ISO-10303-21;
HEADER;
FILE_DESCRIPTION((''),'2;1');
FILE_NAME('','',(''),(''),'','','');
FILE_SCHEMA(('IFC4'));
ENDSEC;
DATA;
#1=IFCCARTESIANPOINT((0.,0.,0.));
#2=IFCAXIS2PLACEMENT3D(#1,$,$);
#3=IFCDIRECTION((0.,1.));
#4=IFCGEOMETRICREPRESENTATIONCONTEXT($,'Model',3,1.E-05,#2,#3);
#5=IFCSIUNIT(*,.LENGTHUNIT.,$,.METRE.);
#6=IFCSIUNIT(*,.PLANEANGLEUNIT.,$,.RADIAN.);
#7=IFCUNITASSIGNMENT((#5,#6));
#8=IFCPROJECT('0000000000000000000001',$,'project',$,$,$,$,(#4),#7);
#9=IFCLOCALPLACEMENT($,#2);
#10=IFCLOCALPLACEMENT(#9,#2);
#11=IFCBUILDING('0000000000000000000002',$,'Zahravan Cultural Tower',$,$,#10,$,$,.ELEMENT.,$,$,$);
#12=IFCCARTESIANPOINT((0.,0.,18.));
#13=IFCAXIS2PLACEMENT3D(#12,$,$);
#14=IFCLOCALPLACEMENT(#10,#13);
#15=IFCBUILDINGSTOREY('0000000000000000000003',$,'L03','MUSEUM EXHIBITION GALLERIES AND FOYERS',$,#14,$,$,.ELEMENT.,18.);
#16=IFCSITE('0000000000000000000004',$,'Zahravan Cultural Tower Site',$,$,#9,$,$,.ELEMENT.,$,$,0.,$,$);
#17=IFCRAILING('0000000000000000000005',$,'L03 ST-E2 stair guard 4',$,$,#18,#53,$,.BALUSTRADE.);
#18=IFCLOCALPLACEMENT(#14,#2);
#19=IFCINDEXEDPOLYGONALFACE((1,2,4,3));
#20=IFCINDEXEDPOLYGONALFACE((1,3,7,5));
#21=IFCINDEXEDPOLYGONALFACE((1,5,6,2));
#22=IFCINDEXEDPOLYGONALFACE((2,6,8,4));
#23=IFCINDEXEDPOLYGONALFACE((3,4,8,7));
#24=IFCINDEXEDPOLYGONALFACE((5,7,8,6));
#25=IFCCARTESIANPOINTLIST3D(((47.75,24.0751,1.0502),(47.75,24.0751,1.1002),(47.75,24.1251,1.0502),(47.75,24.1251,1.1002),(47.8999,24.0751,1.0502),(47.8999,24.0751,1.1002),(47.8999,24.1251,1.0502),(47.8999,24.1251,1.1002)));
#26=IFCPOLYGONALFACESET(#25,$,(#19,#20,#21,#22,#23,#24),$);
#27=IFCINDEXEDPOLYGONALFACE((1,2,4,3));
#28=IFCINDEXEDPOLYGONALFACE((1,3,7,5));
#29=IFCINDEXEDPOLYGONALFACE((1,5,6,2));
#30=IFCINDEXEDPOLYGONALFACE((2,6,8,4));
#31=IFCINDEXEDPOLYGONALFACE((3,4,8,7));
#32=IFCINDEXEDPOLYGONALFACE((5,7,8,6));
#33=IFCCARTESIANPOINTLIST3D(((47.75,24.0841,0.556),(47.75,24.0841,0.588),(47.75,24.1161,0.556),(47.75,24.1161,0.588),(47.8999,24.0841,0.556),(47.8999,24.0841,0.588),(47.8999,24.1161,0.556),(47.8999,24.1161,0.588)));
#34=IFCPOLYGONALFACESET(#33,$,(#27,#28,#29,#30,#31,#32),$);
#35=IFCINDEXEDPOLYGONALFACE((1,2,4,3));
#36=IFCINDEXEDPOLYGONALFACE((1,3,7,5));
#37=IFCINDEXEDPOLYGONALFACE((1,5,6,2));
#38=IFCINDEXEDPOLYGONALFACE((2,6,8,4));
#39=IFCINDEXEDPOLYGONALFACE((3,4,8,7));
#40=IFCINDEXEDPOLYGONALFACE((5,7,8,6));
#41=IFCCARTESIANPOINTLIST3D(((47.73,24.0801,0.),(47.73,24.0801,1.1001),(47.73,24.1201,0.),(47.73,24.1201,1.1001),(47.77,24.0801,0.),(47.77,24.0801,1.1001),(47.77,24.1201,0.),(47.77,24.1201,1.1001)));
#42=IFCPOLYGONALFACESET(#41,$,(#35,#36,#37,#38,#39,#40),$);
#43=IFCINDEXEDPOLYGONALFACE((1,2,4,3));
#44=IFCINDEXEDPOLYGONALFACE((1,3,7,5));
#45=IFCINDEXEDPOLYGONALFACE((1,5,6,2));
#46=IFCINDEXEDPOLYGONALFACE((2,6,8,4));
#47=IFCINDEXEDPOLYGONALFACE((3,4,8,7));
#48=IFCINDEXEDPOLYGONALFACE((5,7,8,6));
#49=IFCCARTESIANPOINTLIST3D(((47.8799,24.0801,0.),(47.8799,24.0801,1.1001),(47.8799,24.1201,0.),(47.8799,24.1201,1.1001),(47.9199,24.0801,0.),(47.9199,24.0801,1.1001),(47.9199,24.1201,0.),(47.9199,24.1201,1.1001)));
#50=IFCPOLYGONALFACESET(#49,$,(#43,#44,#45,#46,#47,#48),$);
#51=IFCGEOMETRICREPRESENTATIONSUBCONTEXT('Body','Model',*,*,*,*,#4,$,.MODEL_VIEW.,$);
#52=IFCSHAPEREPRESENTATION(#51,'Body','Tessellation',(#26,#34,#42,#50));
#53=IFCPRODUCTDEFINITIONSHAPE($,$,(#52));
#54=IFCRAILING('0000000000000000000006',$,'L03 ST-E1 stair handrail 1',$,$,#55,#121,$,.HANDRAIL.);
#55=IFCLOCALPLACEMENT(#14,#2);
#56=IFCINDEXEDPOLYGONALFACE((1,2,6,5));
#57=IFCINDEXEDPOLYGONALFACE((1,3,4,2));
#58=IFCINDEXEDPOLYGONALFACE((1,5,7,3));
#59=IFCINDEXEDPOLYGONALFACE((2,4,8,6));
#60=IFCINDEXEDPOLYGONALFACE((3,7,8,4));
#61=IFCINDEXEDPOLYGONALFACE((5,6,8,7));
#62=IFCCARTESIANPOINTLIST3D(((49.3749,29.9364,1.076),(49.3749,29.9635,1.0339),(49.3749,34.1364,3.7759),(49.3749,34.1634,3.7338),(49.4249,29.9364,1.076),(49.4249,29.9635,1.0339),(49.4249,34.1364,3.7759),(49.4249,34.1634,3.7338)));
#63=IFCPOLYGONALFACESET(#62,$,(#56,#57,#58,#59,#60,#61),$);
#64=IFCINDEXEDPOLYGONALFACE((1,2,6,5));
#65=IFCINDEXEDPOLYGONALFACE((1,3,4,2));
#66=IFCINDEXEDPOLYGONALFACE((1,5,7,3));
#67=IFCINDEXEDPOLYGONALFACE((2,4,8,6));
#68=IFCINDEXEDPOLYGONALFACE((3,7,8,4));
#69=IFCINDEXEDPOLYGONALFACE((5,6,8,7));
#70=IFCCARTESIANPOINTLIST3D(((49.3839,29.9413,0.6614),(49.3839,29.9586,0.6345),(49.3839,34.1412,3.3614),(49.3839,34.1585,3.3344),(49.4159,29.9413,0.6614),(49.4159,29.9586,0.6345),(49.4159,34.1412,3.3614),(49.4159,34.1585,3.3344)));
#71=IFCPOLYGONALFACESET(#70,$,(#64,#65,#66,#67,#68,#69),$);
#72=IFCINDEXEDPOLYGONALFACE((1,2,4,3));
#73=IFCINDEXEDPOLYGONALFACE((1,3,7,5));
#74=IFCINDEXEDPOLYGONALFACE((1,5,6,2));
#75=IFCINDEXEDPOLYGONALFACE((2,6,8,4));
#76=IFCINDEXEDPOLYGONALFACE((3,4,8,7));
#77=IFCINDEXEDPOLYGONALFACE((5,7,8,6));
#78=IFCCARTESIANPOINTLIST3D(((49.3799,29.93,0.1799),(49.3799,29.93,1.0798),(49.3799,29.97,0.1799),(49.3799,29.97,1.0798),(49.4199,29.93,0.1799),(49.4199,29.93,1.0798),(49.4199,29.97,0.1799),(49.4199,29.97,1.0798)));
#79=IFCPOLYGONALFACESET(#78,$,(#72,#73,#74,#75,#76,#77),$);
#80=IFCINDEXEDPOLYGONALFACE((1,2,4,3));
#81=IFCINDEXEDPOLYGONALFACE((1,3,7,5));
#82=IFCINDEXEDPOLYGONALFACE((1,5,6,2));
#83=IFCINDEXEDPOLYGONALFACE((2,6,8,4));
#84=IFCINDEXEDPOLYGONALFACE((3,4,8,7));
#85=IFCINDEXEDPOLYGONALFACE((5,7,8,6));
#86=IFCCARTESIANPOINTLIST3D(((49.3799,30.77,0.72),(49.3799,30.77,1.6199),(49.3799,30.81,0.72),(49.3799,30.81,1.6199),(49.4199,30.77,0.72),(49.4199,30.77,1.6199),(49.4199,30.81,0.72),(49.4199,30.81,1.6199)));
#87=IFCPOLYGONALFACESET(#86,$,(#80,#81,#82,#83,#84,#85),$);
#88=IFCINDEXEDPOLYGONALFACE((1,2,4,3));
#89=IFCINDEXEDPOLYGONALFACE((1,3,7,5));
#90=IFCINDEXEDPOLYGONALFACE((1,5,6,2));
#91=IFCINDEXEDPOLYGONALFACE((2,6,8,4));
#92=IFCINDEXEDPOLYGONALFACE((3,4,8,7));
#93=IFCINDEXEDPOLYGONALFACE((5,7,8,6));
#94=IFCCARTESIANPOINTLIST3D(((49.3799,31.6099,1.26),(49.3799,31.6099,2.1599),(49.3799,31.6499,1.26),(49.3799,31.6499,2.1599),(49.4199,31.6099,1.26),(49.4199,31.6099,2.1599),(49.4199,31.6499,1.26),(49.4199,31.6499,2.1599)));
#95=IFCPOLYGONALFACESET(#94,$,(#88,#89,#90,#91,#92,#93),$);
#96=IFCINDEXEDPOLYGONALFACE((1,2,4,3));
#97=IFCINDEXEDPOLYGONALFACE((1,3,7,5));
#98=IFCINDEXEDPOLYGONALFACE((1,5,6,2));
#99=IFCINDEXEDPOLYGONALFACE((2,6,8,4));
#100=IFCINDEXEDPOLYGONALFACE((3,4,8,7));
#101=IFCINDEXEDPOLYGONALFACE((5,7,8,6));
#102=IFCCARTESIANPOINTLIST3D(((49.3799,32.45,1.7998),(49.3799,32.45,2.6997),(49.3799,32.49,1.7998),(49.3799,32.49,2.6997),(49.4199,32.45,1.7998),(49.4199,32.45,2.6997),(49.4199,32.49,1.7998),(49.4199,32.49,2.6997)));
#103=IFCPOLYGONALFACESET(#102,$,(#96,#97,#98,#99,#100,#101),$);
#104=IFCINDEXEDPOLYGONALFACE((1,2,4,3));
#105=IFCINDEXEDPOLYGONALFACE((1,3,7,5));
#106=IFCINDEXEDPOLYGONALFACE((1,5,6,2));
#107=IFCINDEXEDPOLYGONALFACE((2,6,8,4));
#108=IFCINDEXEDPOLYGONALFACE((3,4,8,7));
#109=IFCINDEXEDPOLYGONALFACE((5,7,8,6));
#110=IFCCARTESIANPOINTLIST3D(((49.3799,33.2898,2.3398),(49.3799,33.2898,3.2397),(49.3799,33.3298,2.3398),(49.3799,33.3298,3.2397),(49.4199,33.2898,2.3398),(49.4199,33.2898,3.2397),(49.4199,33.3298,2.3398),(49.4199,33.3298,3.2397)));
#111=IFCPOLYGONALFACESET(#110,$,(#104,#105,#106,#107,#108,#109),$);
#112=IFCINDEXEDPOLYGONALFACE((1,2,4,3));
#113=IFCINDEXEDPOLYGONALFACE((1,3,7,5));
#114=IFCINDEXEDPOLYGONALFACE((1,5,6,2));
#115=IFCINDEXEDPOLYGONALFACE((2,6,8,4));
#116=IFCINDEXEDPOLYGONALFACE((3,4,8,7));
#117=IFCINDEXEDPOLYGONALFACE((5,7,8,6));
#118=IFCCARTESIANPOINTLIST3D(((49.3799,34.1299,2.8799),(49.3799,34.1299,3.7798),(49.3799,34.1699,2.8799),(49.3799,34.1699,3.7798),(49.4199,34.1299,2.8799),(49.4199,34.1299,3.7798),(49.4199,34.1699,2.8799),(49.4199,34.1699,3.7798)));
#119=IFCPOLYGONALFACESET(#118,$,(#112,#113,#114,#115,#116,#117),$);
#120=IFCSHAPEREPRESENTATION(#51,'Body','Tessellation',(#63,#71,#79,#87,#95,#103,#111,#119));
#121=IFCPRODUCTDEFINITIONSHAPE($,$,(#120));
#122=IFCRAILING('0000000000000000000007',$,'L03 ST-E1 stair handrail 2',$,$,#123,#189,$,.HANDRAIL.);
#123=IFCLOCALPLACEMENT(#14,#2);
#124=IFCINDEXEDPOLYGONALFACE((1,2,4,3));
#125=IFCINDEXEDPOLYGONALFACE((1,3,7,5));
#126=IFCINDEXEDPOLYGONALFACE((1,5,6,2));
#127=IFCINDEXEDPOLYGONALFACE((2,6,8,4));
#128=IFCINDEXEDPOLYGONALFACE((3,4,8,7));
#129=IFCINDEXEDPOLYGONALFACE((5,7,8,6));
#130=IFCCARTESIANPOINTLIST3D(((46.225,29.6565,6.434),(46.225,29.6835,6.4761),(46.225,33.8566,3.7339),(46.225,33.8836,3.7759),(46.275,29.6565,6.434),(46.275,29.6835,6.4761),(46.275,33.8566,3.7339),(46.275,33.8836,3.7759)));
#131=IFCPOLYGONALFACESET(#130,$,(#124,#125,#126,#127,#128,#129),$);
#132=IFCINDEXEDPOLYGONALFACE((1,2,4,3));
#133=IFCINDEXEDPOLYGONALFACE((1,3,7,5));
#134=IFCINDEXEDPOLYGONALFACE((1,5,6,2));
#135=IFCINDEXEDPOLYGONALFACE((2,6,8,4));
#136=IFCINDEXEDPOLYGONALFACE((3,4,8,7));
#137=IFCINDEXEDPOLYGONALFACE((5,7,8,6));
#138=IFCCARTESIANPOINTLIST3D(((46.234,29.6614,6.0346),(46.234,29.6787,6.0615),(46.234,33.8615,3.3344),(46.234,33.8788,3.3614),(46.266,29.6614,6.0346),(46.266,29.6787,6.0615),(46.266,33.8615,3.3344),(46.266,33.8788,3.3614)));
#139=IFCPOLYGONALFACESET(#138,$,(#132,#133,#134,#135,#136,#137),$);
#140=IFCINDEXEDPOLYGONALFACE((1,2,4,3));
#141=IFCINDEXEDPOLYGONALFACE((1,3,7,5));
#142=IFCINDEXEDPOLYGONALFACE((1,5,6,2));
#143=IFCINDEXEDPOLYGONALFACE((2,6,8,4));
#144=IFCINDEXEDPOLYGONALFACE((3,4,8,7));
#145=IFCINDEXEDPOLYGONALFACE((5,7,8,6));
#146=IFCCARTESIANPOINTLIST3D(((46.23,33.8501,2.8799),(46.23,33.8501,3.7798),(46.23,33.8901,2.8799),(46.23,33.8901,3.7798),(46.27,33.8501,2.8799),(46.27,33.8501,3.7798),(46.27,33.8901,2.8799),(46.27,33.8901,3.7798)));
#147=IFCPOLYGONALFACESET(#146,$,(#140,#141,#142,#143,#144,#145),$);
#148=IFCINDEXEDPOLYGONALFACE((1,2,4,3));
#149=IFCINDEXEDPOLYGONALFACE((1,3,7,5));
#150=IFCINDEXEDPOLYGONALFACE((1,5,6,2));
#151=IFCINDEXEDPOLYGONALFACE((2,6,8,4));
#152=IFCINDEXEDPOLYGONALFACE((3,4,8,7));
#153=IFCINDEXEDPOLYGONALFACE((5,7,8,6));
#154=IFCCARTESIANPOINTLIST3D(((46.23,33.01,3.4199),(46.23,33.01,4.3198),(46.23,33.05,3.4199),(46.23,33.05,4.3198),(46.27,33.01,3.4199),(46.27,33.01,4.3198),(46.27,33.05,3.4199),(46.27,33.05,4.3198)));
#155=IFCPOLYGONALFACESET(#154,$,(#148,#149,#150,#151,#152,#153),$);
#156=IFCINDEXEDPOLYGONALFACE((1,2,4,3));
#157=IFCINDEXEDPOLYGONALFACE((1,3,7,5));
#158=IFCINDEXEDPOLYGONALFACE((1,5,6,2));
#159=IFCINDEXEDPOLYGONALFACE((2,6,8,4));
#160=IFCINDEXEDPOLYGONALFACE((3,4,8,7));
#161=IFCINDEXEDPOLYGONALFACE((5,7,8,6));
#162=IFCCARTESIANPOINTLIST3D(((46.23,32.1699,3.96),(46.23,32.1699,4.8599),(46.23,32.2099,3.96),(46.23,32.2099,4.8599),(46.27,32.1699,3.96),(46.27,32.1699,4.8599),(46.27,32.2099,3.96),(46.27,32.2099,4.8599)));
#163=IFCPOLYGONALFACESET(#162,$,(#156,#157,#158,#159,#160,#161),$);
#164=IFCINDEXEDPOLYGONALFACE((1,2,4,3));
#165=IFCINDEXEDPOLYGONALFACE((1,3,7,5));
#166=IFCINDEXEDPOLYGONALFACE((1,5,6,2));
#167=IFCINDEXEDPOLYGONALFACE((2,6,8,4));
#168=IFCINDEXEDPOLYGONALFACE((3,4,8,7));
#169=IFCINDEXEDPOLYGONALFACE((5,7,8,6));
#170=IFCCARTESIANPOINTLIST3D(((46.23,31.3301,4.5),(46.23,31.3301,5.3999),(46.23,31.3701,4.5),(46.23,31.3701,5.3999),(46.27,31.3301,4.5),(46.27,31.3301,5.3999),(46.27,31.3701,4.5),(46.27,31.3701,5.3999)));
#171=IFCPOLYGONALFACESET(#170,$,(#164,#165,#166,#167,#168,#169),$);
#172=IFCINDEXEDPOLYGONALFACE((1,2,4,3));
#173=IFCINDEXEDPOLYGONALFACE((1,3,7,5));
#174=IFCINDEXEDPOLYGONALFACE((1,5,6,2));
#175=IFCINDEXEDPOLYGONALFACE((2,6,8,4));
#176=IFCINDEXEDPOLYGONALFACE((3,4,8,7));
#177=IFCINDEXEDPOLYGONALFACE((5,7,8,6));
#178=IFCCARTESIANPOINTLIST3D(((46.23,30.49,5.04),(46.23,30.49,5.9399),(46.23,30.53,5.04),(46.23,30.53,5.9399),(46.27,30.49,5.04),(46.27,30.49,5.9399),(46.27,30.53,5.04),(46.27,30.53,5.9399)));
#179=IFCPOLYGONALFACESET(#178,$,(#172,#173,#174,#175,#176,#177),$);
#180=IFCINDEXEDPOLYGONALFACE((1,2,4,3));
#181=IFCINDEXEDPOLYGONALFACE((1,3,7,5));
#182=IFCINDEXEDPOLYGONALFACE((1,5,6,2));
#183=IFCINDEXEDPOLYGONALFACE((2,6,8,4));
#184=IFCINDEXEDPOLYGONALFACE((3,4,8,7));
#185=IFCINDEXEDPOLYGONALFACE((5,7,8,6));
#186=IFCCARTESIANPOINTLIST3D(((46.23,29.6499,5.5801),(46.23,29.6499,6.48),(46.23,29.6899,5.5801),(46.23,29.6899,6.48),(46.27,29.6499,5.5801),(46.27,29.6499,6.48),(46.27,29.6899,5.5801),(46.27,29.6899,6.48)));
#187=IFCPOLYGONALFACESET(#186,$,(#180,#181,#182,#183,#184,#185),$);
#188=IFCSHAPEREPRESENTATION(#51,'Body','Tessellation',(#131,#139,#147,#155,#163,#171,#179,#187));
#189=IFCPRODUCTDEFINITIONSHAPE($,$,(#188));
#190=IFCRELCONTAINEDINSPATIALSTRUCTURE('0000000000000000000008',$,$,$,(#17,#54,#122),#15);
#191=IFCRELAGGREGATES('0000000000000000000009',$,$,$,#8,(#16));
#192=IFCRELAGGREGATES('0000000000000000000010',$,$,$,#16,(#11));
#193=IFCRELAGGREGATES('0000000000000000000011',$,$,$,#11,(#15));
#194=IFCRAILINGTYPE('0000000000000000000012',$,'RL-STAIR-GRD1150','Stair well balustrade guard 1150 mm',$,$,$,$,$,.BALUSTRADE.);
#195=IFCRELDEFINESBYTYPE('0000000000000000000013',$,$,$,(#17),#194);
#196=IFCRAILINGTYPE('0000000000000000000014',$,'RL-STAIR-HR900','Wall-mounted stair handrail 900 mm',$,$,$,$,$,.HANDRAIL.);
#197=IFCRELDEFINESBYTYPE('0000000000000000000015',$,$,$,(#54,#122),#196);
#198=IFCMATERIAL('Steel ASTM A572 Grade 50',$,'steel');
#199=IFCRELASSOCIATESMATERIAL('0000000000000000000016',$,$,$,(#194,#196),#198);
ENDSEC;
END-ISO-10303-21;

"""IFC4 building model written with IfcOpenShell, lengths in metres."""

from ifc_helpers import new_model, si_unit, direction, frame, origin, origin_2d, place, context, subcontext, project, spatial, rectangle, extrude, material, type_object, element, save


model = new_model("IFC4")

# Units and contexts
model_context = context("Model", 3, precision=1e-05, world=origin(), true_north=direction((0.0, 1.0)))
body_context = subcontext(model_context, "Body", "Model", "MODEL_VIEW")
ifc_project = project(units=[si_unit("LENGTHUNIT", "METRE"), si_unit("PLANEANGLEUNIT", "RADIAN")], contexts=[model_context])

# Site, building, storey
site_placement = place(None, origin())
site = spatial("IfcSite", under=ifc_project, at=site_placement, Name="Zahravan Cultural Tower Site", CompositionType="ELEMENT", RefElevation=0.0)
building_placement = place(site_placement, origin())
building = spatial("IfcBuilding", under=site, at=building_placement, Name="Zahravan Cultural Tower", CompositionType="ELEMENT")
storey_placement = place(building_placement, frame((0.0, 0.0, 18.0)))
storey = spatial("IfcBuildingStorey", under=building, at=storey_placement, Name="L03", Description="MUSEUM EXHIBITION GALLERIES AND FOYERS", CompositionType="ELEMENT", Elevation=18.0)

# Shared definitions
ifc_material_1 = material(Name="Steel ASTM A572 Grade 50", Category="steel")

# Railings
railing_type_1 = type_object("IfcRailingType", Name="RL-STAIR-GRD1150", Description="Stair well balustrade guard 1150 mm", PredefinedType="BALUSTRADE", material=ifc_material_1)
railing_1_placement = place(storey_placement, frame((47.75, 24.1001, 0.0)))
element("IfcRailing", 1, at=railing_1_placement, inside=storey, type_object=railing_type_1, Name="L03 ST-E2 stair guard 4", PredefinedType="BALUSTRADE", context=body_context, shape_type="SweptSolid", body=[
    extrude(rectangle(XDim=0.05, YDim=0.05, at=origin_2d()), frame((0.0, 0.0, 1.0752), z_axis=(1.0, 0.0, 0.0), x_axis=(0.0, 1.0, 0.0)), (0.0, 0.0, 1.0), 0.1499),
    extrude(rectangle(XDim=0.032, YDim=0.032, at=origin_2d()), frame((0.0, 0.0, 0.572), z_axis=(1.0, 0.0, 0.0), x_axis=(0.0, 1.0, 0.0)), (0.0, 0.0, 1.0), 0.1499),
    extrude(rectangle(XDim=0.04, YDim=0.04, at=origin_2d()), origin(), (0.0, 0.0, 1.0), 1.1001),
    extrude(rectangle(XDim=0.04, YDim=0.04, at=origin_2d()), frame((0.1499, 0.0, 0.0)), (0.0, 0.0, 1.0), 1.1001),
])
railing_type_2 = type_object("IfcRailingType", Name="RL-STAIR-HR900", Description="Wall-mounted stair handrail 900 mm", PredefinedType="HANDRAIL", material=ifc_material_1)
railing_2_placement = place(storey_placement, frame((49.3999, 29.95, 0.1799)))
element("IfcRailing", 2, at=railing_2_placement, inside=storey, type_object=railing_type_2, Name="L03 ST-E1 stair handrail 1", PredefinedType="HANDRAIL", context=body_context, shape_type="SweptSolid", body=[
    extrude(rectangle(XDim=0.05, YDim=0.05, at=origin_2d()), frame((0.0, 0.0, 0.875), z_axis=(0.0, 0.84118, 0.540755), x_axis=(-1.0, 0.0, 0.0)), (0.0, 0.0, 1.0), 4.9929),
    extrude(rectangle(XDim=0.032, YDim=0.032, at=origin_2d()), frame((0.0, 0.0, 0.468), z_axis=(0.0, 0.84118, 0.540755), x_axis=(-1.0, 0.0, 0.0)), (0.0, 0.0, 1.0), 4.9929),
    extrude(rectangle(XDim=0.04, YDim=0.04, at=origin_2d()), origin(), (0.0, 0.0, 1.0), 0.8999),
    extrude(rectangle(XDim=0.04, YDim=0.04, at=origin_2d()), frame((0.0, 0.8401, 0.54)), (0.0, 0.0, 1.0), 0.8999),
    extrude(rectangle(XDim=0.04, YDim=0.04, at=origin_2d()), frame((0.0, 1.6799, 1.0801)), (0.0, 0.0, 1.0), 0.8999),
    extrude(rectangle(XDim=0.04, YDim=0.04, at=origin_2d()), frame((0.0, 2.52, 1.6199)), (0.0, 0.0, 1.0), 0.8999),
    extrude(rectangle(XDim=0.04, YDim=0.04, at=origin_2d()), frame((0.0, 3.3599, 2.1599)), (0.0, 0.0, 1.0), 0.8999),
    extrude(rectangle(XDim=0.04, YDim=0.04, at=origin_2d()), frame((0.0, 4.2, 2.7)), (0.0, 0.0, 1.0), 0.8999),
])
railing_3_placement = place(storey_placement, frame((46.25, 33.8701, 2.8799)))
element("IfcRailing", 3, at=railing_3_placement, inside=storey, type_object=railing_type_2, Name="L03 ST-E1 stair handrail 2", PredefinedType="HANDRAIL", context=body_context, shape_type="SweptSolid", body=[
    extrude(rectangle(XDim=0.05, YDim=0.05, at=origin_2d()), frame((0.0, 0.0, 0.875), z_axis=(0.0, -0.841172, 0.540767), x_axis=(1.0, 0.0, 0.0)), (0.0, 0.0, 1.0), 4.9932),
    extrude(rectangle(XDim=0.032, YDim=0.032, at=origin_2d()), frame((0.0, 0.0, 0.468), z_axis=(0.0, -0.841172, 0.540767), x_axis=(1.0, 0.0, 0.0)), (0.0, 0.0, 1.0), 4.9932),
    extrude(rectangle(XDim=0.04, YDim=0.04, at=origin_2d()), origin(), (0.0, 0.0, 1.0), 0.8999),
    extrude(rectangle(XDim=0.04, YDim=0.04, at=origin_2d()), frame((0.0, -0.8401, 0.54)), (0.0, 0.0, 1.0), 0.8999),
    extrude(rectangle(XDim=0.04, YDim=0.04, at=origin_2d()), frame((0.0, -1.6802, 1.0801)), (0.0, 0.0, 1.0), 0.8999),
    extrude(rectangle(XDim=0.04, YDim=0.04, at=origin_2d()), frame((0.0, -2.52, 1.6201)), (0.0, 0.0, 1.0), 0.8999),
    extrude(rectangle(XDim=0.04, YDim=0.04, at=origin_2d()), frame((0.0, -3.3601, 2.1602)), (0.0, 0.0, 1.0), 0.8999),
    extrude(rectangle(XDim=0.04, YDim=0.04, at=origin_2d()), frame((0.0, -4.2002, 2.7002)), (0.0, 0.0, 1.0), 0.8999),
])

save(model, "model.ifc")
